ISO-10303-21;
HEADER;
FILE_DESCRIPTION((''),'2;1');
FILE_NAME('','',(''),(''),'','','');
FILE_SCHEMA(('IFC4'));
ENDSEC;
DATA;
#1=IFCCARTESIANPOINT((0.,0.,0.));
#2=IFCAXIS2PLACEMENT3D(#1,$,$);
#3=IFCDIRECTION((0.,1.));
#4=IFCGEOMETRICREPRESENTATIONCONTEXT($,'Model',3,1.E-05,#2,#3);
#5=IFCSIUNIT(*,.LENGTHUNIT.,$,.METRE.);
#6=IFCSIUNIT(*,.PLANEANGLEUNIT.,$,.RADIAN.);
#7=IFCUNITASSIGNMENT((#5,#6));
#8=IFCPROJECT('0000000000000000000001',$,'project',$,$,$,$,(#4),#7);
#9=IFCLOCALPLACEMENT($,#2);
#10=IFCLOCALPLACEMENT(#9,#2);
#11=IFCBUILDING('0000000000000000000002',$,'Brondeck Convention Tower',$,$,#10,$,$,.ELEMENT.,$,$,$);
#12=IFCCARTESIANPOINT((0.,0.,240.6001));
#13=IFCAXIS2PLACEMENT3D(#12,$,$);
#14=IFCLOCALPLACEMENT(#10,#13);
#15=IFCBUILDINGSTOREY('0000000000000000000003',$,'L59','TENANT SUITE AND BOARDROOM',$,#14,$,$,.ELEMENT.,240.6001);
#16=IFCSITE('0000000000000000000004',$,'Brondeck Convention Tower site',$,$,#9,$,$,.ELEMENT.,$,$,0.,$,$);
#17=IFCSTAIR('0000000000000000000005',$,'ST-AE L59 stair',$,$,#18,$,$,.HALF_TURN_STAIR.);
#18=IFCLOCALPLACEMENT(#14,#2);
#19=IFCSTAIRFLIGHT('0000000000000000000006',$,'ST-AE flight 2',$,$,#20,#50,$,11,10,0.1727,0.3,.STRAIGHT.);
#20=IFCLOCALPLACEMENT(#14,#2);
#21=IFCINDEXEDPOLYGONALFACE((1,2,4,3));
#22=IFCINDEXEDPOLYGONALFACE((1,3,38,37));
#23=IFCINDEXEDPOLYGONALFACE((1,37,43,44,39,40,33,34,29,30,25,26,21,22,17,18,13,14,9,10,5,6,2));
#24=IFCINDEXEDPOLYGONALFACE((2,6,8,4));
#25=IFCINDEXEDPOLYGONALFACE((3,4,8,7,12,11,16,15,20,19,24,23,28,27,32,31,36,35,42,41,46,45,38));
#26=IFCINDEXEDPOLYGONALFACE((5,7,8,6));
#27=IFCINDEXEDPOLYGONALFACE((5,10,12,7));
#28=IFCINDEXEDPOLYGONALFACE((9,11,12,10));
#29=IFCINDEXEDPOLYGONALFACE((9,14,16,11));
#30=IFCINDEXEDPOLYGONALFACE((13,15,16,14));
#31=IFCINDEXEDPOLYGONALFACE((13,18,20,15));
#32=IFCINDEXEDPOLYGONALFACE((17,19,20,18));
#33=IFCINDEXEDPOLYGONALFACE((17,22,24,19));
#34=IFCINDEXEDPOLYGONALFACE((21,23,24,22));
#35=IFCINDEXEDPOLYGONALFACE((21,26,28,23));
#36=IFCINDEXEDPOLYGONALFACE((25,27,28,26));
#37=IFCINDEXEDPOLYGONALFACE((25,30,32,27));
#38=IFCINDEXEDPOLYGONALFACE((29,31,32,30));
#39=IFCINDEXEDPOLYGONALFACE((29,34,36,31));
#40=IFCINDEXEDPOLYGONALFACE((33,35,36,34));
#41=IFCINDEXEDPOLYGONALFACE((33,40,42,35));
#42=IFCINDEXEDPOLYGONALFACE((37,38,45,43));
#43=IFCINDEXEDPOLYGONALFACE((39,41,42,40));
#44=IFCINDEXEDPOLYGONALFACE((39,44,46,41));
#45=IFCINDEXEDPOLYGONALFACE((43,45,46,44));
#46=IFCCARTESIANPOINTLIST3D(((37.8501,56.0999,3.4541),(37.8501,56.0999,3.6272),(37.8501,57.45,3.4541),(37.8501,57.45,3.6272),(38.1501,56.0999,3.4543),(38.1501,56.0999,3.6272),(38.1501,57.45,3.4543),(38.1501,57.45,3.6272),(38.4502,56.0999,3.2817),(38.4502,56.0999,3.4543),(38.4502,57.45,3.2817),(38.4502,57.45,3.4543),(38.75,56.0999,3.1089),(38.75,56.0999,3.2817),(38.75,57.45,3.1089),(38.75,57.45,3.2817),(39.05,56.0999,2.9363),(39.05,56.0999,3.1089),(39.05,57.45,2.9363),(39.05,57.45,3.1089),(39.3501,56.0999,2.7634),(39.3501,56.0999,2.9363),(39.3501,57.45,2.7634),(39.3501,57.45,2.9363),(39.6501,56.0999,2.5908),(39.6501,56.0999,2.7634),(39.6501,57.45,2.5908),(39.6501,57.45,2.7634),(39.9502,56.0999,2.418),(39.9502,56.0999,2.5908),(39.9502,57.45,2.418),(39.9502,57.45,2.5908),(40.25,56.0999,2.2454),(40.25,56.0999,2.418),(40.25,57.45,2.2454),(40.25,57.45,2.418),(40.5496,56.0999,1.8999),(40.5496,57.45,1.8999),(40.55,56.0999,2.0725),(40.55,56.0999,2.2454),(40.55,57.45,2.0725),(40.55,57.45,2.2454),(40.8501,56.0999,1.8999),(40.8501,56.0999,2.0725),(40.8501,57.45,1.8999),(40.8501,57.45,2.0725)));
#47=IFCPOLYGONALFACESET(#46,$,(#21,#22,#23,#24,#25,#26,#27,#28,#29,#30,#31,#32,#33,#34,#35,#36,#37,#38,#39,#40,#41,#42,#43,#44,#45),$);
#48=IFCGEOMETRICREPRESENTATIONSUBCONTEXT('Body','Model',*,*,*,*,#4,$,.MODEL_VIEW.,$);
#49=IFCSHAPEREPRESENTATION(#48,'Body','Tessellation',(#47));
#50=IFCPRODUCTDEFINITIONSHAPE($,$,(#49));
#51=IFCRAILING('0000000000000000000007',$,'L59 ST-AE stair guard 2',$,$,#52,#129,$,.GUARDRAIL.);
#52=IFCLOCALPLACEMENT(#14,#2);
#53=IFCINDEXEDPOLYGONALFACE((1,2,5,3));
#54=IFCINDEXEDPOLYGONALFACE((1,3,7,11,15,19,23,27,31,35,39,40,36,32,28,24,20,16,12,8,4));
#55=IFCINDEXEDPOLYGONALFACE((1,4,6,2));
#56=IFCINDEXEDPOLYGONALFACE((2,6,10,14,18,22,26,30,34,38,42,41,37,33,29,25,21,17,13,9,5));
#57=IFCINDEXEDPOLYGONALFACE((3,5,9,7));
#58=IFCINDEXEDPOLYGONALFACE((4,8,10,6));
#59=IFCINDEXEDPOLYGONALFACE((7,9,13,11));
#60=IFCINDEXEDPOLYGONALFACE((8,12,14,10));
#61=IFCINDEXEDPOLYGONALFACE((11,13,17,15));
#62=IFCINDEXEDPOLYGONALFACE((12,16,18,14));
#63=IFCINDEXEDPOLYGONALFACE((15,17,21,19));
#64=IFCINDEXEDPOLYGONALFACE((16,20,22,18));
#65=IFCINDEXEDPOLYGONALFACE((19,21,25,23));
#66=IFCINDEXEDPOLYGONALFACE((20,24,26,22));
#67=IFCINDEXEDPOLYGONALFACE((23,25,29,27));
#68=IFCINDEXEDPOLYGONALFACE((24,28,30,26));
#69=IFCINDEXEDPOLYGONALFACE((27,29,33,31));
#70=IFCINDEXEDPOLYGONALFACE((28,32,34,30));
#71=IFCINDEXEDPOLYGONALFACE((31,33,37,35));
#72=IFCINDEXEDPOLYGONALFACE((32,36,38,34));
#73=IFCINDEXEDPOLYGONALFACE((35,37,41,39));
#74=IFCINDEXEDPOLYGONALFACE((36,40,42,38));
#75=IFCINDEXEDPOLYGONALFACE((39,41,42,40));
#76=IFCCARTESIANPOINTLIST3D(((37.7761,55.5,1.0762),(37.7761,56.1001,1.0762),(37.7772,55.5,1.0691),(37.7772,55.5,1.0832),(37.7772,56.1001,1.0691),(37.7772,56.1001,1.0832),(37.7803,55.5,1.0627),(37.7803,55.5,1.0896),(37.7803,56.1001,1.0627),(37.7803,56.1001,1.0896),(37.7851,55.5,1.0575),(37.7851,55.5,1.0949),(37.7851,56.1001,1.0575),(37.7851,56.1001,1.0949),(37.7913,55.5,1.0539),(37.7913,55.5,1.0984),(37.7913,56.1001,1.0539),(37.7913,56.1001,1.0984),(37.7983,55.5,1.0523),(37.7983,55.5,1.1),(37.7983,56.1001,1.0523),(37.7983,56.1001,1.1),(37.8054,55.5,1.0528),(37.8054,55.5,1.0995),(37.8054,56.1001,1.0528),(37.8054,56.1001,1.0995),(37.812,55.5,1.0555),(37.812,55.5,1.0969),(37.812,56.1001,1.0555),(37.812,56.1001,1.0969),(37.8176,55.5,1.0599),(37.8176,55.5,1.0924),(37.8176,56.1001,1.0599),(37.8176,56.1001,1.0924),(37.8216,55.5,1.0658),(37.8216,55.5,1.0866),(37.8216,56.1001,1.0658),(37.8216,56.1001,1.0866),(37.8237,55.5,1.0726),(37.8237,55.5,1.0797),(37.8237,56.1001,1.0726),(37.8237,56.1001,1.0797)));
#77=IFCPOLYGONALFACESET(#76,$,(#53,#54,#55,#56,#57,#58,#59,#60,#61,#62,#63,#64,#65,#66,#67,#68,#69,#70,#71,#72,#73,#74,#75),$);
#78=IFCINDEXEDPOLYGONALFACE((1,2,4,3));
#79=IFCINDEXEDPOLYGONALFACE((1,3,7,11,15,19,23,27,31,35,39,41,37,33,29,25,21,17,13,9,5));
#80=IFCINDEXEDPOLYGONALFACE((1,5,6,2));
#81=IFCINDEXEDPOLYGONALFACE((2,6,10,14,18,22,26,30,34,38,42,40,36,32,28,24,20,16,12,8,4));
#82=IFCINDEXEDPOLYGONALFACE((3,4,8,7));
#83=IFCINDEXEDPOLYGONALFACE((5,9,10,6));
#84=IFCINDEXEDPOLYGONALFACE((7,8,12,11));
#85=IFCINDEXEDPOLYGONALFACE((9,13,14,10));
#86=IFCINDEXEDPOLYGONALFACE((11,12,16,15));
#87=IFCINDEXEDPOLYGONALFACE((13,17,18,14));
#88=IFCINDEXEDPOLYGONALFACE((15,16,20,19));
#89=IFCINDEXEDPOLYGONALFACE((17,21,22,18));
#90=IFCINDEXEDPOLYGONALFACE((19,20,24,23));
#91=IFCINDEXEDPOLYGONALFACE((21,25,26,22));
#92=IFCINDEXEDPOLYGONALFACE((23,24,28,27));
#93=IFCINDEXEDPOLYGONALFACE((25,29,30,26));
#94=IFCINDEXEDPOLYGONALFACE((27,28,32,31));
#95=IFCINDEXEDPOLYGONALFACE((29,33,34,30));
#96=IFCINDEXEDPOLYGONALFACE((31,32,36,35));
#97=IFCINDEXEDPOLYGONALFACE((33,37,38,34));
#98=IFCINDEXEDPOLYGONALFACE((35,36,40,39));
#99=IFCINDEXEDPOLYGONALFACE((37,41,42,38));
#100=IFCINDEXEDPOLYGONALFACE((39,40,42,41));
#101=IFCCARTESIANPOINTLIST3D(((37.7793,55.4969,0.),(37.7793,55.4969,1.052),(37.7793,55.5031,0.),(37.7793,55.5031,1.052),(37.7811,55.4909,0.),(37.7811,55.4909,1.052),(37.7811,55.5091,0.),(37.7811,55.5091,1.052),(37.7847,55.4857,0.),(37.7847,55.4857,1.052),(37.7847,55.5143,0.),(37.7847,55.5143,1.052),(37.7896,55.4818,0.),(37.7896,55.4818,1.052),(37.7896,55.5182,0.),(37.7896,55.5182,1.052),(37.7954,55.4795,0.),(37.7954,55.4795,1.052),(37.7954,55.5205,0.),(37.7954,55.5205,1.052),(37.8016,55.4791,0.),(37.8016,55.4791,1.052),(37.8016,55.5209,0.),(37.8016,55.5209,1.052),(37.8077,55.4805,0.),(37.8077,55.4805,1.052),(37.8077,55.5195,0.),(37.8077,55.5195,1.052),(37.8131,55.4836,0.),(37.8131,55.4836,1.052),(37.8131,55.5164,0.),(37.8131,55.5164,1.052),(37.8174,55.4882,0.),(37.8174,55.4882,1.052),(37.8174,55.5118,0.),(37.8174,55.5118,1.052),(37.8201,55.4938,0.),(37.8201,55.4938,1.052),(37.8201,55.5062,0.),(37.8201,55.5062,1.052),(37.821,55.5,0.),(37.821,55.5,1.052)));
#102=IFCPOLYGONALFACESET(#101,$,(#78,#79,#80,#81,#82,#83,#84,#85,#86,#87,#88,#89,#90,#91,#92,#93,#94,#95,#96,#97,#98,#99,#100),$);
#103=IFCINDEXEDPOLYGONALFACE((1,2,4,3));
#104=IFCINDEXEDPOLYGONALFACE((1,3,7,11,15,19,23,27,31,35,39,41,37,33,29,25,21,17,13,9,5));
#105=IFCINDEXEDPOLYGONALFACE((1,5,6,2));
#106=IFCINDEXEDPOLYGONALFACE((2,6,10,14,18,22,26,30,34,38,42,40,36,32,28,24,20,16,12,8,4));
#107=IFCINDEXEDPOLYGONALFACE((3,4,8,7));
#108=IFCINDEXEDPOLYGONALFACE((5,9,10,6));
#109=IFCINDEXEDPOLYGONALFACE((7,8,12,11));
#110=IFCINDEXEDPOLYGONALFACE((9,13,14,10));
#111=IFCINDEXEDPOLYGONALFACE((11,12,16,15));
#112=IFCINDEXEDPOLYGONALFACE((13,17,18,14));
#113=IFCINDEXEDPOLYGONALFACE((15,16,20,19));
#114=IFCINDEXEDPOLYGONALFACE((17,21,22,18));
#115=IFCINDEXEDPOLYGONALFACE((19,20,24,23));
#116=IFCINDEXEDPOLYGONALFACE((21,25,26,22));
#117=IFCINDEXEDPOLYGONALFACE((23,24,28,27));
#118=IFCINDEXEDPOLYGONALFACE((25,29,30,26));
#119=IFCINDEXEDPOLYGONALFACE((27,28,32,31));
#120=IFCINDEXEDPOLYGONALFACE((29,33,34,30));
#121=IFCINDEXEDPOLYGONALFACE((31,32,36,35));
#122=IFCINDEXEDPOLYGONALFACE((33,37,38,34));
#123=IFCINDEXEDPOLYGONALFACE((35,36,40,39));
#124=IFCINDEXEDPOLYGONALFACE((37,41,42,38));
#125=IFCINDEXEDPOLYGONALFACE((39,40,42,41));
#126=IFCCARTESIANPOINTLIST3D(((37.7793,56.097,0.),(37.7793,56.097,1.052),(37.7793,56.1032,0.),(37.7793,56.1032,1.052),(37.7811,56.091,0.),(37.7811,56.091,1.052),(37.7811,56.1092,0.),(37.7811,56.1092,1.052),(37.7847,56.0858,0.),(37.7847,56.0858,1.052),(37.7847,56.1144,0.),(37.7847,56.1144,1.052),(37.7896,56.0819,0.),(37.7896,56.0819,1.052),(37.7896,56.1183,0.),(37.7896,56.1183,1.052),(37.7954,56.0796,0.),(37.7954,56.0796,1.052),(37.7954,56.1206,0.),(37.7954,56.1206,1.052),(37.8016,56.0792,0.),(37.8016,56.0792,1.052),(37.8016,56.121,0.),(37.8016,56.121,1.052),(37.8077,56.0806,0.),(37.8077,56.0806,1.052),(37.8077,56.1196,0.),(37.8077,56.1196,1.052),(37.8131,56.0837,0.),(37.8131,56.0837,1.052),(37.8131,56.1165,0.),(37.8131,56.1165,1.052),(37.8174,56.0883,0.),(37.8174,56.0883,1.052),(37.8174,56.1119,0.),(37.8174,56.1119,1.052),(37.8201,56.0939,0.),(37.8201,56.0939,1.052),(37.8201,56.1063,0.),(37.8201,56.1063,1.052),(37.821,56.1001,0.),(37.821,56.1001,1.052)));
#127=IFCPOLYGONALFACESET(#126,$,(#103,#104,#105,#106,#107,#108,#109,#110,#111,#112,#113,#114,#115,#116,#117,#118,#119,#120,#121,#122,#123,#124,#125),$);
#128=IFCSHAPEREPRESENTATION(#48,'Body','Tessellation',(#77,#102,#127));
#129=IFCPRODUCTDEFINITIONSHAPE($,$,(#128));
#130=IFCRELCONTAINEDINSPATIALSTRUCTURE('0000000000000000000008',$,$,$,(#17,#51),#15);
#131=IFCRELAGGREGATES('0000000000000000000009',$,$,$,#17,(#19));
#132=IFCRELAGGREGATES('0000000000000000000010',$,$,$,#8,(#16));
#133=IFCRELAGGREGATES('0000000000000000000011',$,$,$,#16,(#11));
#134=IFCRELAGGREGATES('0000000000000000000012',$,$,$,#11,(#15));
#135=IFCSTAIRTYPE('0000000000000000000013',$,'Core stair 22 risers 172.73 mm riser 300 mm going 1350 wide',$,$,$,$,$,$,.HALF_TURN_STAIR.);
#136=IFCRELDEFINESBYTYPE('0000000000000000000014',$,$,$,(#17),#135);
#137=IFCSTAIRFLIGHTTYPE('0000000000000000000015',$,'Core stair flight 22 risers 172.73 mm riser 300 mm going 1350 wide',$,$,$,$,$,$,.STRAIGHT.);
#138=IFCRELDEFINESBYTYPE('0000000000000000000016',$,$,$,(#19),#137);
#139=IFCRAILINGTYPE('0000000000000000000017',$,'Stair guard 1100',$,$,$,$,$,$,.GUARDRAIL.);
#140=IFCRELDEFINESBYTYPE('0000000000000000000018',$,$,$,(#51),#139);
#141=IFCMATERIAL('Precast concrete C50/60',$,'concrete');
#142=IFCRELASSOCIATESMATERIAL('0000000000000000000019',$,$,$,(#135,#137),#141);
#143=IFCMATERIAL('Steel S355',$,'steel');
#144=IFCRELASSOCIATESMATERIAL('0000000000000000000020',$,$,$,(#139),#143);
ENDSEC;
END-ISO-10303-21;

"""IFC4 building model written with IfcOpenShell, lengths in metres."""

from ifc_helpers import new_model, si_unit, direction, frame, origin, origin_2d, place, context, subcontext, project, spatial, polyline, circle, outline, extrude, material, type_object, element, aggregate, save


model = new_model("IFC4")

# Units and contexts
model_context = context("Model", 3, precision=1e-05, world=origin(), true_north=direction((0.0, 1.0)))
body_context = subcontext(model_context, "Body", "Model", "MODEL_VIEW")
ifc_project = project(units=[si_unit("LENGTHUNIT", "METRE"), si_unit("PLANEANGLEUNIT", "RADIAN")], contexts=[model_context])

# Site, building, storey
site_placement = place(None, origin())
site = spatial("IfcSite", under=ifc_project, at=site_placement, Name="Brondeck Convention Tower site", CompositionType="ELEMENT", RefElevation=0.0)
building_placement = place(site_placement, origin())
building = spatial("IfcBuilding", under=site, at=building_placement, Name="Brondeck Convention Tower", CompositionType="ELEMENT")
storey_placement = place(building_placement, frame((0.0, 0.0, 240.6001)))
storey = spatial("IfcBuildingStorey", under=building, at=storey_placement, Name="L59", Description="TENANT SUITE AND BOARDROOM", CompositionType="ELEMENT", Elevation=240.6001)

# Shared definitions
ifc_material_1 = material(Name="Steel S355", Category="steel")

# Stair, stair flight
ifc_material_2 = material(Name="Precast concrete C50/60", Category="concrete")
stair_type = type_object("IfcStairType", Name="Core stair 22 risers 172.73 mm riser 300 mm going 1350 wide", PredefinedType="HALF_TURN_STAIR", material=ifc_material_2)
stair_placement = place(storey_placement, origin())
stair = element("IfcStair", 1, at=stair_placement, inside=storey, type_object=stair_type, Name="ST-AE L59 stair", PredefinedType="HALF_TURN_STAIR")
stair_flight_type = type_object("IfcStairFlightType", Name="Core stair flight 22 risers 172.73 mm riser 300 mm going 1350 wide", PredefinedType="STRAIGHT", material=ifc_material_2)
stair_flight_placement = place(storey_placement, frame((40.8501, 56.7749, 1.8999), z_axis=(0.0, 0.0, 1.0), x_axis=(-1.0, 0.0, 0.0)))
stair_flight = element("IfcStairFlight", 2, at=stair_flight_placement, type_object=stair_flight_type, Name="ST-AE flight 2", NumberOfRisers=11, NumberOfTreads=10, PredefinedType="STRAIGHT", RiserHeight=0.1727, TreadLength=0.3, context=body_context, shape_type="SweptSolid", body=[
    extrude(outline(polyline([(0.0, 0.0), (0.0, 0.1726), (0.3, 0.1726), (0.3, 0.3455), (0.6001, 0.3455), (0.6001, 0.5181), (0.8999, 0.5181), (0.8999, 0.6909), (1.2, 0.6909), (1.2, 0.8635), (1.5, 0.8635), (1.5, 1.0364), (1.8, 1.0364), (1.8, 1.209), (2.1001, 1.209), (2.1001, 1.3818), (2.3999, 1.3818), (2.3999, 1.5544), (2.7, 1.5544), (2.7, 1.7273), (3.0, 1.7273), (3.0, 1.8999), (3.0, 1.5542), (0.3005, 0.0), (0.0, 0.0)])), frame((0.0, 0.675, 0.0), z_axis=(0.0, -1.0, 0.0), x_axis=(1.0, 0.0, 0.0)), (0.0, 0.0, 1.0), 1.3501),
])
aggregate(stair, [stair_flight])

# Railing
railing_type_1 = type_object("IfcRailingType", Name="Stair guard 1100", PredefinedType="GUARDRAIL", material=ifc_material_1)
railing_1_placement = place(storey_placement, frame((37.8, 55.5, 0.0)))
element("IfcRailing", 3, at=railing_1_placement, inside=storey, type_object=railing_type_1, Name="L59 ST-AE stair guard 2", PredefinedType="GUARDRAIL", context=body_context, shape_type="SweptSolid", body=[
    extrude(circle(Radius=0.0239, at=origin_2d()), frame((0.0, 0.0, 1.0762), z_axis=(0.0, 1.0, 0.0), x_axis=(-1.0, 0.0, 0.0)), (0.0, 0.0, 1.0), 0.6001),
    extrude(circle(Radius=0.021, at=origin_2d()), origin(), (0.0, 0.0, 1.0), 1.052),
    extrude(circle(Radius=0.021, at=origin_2d()), frame((0.0, 0.6001, 0.0)), (0.0, 0.0, 1.0), 1.052),
])

save(model, "model.ifc")
